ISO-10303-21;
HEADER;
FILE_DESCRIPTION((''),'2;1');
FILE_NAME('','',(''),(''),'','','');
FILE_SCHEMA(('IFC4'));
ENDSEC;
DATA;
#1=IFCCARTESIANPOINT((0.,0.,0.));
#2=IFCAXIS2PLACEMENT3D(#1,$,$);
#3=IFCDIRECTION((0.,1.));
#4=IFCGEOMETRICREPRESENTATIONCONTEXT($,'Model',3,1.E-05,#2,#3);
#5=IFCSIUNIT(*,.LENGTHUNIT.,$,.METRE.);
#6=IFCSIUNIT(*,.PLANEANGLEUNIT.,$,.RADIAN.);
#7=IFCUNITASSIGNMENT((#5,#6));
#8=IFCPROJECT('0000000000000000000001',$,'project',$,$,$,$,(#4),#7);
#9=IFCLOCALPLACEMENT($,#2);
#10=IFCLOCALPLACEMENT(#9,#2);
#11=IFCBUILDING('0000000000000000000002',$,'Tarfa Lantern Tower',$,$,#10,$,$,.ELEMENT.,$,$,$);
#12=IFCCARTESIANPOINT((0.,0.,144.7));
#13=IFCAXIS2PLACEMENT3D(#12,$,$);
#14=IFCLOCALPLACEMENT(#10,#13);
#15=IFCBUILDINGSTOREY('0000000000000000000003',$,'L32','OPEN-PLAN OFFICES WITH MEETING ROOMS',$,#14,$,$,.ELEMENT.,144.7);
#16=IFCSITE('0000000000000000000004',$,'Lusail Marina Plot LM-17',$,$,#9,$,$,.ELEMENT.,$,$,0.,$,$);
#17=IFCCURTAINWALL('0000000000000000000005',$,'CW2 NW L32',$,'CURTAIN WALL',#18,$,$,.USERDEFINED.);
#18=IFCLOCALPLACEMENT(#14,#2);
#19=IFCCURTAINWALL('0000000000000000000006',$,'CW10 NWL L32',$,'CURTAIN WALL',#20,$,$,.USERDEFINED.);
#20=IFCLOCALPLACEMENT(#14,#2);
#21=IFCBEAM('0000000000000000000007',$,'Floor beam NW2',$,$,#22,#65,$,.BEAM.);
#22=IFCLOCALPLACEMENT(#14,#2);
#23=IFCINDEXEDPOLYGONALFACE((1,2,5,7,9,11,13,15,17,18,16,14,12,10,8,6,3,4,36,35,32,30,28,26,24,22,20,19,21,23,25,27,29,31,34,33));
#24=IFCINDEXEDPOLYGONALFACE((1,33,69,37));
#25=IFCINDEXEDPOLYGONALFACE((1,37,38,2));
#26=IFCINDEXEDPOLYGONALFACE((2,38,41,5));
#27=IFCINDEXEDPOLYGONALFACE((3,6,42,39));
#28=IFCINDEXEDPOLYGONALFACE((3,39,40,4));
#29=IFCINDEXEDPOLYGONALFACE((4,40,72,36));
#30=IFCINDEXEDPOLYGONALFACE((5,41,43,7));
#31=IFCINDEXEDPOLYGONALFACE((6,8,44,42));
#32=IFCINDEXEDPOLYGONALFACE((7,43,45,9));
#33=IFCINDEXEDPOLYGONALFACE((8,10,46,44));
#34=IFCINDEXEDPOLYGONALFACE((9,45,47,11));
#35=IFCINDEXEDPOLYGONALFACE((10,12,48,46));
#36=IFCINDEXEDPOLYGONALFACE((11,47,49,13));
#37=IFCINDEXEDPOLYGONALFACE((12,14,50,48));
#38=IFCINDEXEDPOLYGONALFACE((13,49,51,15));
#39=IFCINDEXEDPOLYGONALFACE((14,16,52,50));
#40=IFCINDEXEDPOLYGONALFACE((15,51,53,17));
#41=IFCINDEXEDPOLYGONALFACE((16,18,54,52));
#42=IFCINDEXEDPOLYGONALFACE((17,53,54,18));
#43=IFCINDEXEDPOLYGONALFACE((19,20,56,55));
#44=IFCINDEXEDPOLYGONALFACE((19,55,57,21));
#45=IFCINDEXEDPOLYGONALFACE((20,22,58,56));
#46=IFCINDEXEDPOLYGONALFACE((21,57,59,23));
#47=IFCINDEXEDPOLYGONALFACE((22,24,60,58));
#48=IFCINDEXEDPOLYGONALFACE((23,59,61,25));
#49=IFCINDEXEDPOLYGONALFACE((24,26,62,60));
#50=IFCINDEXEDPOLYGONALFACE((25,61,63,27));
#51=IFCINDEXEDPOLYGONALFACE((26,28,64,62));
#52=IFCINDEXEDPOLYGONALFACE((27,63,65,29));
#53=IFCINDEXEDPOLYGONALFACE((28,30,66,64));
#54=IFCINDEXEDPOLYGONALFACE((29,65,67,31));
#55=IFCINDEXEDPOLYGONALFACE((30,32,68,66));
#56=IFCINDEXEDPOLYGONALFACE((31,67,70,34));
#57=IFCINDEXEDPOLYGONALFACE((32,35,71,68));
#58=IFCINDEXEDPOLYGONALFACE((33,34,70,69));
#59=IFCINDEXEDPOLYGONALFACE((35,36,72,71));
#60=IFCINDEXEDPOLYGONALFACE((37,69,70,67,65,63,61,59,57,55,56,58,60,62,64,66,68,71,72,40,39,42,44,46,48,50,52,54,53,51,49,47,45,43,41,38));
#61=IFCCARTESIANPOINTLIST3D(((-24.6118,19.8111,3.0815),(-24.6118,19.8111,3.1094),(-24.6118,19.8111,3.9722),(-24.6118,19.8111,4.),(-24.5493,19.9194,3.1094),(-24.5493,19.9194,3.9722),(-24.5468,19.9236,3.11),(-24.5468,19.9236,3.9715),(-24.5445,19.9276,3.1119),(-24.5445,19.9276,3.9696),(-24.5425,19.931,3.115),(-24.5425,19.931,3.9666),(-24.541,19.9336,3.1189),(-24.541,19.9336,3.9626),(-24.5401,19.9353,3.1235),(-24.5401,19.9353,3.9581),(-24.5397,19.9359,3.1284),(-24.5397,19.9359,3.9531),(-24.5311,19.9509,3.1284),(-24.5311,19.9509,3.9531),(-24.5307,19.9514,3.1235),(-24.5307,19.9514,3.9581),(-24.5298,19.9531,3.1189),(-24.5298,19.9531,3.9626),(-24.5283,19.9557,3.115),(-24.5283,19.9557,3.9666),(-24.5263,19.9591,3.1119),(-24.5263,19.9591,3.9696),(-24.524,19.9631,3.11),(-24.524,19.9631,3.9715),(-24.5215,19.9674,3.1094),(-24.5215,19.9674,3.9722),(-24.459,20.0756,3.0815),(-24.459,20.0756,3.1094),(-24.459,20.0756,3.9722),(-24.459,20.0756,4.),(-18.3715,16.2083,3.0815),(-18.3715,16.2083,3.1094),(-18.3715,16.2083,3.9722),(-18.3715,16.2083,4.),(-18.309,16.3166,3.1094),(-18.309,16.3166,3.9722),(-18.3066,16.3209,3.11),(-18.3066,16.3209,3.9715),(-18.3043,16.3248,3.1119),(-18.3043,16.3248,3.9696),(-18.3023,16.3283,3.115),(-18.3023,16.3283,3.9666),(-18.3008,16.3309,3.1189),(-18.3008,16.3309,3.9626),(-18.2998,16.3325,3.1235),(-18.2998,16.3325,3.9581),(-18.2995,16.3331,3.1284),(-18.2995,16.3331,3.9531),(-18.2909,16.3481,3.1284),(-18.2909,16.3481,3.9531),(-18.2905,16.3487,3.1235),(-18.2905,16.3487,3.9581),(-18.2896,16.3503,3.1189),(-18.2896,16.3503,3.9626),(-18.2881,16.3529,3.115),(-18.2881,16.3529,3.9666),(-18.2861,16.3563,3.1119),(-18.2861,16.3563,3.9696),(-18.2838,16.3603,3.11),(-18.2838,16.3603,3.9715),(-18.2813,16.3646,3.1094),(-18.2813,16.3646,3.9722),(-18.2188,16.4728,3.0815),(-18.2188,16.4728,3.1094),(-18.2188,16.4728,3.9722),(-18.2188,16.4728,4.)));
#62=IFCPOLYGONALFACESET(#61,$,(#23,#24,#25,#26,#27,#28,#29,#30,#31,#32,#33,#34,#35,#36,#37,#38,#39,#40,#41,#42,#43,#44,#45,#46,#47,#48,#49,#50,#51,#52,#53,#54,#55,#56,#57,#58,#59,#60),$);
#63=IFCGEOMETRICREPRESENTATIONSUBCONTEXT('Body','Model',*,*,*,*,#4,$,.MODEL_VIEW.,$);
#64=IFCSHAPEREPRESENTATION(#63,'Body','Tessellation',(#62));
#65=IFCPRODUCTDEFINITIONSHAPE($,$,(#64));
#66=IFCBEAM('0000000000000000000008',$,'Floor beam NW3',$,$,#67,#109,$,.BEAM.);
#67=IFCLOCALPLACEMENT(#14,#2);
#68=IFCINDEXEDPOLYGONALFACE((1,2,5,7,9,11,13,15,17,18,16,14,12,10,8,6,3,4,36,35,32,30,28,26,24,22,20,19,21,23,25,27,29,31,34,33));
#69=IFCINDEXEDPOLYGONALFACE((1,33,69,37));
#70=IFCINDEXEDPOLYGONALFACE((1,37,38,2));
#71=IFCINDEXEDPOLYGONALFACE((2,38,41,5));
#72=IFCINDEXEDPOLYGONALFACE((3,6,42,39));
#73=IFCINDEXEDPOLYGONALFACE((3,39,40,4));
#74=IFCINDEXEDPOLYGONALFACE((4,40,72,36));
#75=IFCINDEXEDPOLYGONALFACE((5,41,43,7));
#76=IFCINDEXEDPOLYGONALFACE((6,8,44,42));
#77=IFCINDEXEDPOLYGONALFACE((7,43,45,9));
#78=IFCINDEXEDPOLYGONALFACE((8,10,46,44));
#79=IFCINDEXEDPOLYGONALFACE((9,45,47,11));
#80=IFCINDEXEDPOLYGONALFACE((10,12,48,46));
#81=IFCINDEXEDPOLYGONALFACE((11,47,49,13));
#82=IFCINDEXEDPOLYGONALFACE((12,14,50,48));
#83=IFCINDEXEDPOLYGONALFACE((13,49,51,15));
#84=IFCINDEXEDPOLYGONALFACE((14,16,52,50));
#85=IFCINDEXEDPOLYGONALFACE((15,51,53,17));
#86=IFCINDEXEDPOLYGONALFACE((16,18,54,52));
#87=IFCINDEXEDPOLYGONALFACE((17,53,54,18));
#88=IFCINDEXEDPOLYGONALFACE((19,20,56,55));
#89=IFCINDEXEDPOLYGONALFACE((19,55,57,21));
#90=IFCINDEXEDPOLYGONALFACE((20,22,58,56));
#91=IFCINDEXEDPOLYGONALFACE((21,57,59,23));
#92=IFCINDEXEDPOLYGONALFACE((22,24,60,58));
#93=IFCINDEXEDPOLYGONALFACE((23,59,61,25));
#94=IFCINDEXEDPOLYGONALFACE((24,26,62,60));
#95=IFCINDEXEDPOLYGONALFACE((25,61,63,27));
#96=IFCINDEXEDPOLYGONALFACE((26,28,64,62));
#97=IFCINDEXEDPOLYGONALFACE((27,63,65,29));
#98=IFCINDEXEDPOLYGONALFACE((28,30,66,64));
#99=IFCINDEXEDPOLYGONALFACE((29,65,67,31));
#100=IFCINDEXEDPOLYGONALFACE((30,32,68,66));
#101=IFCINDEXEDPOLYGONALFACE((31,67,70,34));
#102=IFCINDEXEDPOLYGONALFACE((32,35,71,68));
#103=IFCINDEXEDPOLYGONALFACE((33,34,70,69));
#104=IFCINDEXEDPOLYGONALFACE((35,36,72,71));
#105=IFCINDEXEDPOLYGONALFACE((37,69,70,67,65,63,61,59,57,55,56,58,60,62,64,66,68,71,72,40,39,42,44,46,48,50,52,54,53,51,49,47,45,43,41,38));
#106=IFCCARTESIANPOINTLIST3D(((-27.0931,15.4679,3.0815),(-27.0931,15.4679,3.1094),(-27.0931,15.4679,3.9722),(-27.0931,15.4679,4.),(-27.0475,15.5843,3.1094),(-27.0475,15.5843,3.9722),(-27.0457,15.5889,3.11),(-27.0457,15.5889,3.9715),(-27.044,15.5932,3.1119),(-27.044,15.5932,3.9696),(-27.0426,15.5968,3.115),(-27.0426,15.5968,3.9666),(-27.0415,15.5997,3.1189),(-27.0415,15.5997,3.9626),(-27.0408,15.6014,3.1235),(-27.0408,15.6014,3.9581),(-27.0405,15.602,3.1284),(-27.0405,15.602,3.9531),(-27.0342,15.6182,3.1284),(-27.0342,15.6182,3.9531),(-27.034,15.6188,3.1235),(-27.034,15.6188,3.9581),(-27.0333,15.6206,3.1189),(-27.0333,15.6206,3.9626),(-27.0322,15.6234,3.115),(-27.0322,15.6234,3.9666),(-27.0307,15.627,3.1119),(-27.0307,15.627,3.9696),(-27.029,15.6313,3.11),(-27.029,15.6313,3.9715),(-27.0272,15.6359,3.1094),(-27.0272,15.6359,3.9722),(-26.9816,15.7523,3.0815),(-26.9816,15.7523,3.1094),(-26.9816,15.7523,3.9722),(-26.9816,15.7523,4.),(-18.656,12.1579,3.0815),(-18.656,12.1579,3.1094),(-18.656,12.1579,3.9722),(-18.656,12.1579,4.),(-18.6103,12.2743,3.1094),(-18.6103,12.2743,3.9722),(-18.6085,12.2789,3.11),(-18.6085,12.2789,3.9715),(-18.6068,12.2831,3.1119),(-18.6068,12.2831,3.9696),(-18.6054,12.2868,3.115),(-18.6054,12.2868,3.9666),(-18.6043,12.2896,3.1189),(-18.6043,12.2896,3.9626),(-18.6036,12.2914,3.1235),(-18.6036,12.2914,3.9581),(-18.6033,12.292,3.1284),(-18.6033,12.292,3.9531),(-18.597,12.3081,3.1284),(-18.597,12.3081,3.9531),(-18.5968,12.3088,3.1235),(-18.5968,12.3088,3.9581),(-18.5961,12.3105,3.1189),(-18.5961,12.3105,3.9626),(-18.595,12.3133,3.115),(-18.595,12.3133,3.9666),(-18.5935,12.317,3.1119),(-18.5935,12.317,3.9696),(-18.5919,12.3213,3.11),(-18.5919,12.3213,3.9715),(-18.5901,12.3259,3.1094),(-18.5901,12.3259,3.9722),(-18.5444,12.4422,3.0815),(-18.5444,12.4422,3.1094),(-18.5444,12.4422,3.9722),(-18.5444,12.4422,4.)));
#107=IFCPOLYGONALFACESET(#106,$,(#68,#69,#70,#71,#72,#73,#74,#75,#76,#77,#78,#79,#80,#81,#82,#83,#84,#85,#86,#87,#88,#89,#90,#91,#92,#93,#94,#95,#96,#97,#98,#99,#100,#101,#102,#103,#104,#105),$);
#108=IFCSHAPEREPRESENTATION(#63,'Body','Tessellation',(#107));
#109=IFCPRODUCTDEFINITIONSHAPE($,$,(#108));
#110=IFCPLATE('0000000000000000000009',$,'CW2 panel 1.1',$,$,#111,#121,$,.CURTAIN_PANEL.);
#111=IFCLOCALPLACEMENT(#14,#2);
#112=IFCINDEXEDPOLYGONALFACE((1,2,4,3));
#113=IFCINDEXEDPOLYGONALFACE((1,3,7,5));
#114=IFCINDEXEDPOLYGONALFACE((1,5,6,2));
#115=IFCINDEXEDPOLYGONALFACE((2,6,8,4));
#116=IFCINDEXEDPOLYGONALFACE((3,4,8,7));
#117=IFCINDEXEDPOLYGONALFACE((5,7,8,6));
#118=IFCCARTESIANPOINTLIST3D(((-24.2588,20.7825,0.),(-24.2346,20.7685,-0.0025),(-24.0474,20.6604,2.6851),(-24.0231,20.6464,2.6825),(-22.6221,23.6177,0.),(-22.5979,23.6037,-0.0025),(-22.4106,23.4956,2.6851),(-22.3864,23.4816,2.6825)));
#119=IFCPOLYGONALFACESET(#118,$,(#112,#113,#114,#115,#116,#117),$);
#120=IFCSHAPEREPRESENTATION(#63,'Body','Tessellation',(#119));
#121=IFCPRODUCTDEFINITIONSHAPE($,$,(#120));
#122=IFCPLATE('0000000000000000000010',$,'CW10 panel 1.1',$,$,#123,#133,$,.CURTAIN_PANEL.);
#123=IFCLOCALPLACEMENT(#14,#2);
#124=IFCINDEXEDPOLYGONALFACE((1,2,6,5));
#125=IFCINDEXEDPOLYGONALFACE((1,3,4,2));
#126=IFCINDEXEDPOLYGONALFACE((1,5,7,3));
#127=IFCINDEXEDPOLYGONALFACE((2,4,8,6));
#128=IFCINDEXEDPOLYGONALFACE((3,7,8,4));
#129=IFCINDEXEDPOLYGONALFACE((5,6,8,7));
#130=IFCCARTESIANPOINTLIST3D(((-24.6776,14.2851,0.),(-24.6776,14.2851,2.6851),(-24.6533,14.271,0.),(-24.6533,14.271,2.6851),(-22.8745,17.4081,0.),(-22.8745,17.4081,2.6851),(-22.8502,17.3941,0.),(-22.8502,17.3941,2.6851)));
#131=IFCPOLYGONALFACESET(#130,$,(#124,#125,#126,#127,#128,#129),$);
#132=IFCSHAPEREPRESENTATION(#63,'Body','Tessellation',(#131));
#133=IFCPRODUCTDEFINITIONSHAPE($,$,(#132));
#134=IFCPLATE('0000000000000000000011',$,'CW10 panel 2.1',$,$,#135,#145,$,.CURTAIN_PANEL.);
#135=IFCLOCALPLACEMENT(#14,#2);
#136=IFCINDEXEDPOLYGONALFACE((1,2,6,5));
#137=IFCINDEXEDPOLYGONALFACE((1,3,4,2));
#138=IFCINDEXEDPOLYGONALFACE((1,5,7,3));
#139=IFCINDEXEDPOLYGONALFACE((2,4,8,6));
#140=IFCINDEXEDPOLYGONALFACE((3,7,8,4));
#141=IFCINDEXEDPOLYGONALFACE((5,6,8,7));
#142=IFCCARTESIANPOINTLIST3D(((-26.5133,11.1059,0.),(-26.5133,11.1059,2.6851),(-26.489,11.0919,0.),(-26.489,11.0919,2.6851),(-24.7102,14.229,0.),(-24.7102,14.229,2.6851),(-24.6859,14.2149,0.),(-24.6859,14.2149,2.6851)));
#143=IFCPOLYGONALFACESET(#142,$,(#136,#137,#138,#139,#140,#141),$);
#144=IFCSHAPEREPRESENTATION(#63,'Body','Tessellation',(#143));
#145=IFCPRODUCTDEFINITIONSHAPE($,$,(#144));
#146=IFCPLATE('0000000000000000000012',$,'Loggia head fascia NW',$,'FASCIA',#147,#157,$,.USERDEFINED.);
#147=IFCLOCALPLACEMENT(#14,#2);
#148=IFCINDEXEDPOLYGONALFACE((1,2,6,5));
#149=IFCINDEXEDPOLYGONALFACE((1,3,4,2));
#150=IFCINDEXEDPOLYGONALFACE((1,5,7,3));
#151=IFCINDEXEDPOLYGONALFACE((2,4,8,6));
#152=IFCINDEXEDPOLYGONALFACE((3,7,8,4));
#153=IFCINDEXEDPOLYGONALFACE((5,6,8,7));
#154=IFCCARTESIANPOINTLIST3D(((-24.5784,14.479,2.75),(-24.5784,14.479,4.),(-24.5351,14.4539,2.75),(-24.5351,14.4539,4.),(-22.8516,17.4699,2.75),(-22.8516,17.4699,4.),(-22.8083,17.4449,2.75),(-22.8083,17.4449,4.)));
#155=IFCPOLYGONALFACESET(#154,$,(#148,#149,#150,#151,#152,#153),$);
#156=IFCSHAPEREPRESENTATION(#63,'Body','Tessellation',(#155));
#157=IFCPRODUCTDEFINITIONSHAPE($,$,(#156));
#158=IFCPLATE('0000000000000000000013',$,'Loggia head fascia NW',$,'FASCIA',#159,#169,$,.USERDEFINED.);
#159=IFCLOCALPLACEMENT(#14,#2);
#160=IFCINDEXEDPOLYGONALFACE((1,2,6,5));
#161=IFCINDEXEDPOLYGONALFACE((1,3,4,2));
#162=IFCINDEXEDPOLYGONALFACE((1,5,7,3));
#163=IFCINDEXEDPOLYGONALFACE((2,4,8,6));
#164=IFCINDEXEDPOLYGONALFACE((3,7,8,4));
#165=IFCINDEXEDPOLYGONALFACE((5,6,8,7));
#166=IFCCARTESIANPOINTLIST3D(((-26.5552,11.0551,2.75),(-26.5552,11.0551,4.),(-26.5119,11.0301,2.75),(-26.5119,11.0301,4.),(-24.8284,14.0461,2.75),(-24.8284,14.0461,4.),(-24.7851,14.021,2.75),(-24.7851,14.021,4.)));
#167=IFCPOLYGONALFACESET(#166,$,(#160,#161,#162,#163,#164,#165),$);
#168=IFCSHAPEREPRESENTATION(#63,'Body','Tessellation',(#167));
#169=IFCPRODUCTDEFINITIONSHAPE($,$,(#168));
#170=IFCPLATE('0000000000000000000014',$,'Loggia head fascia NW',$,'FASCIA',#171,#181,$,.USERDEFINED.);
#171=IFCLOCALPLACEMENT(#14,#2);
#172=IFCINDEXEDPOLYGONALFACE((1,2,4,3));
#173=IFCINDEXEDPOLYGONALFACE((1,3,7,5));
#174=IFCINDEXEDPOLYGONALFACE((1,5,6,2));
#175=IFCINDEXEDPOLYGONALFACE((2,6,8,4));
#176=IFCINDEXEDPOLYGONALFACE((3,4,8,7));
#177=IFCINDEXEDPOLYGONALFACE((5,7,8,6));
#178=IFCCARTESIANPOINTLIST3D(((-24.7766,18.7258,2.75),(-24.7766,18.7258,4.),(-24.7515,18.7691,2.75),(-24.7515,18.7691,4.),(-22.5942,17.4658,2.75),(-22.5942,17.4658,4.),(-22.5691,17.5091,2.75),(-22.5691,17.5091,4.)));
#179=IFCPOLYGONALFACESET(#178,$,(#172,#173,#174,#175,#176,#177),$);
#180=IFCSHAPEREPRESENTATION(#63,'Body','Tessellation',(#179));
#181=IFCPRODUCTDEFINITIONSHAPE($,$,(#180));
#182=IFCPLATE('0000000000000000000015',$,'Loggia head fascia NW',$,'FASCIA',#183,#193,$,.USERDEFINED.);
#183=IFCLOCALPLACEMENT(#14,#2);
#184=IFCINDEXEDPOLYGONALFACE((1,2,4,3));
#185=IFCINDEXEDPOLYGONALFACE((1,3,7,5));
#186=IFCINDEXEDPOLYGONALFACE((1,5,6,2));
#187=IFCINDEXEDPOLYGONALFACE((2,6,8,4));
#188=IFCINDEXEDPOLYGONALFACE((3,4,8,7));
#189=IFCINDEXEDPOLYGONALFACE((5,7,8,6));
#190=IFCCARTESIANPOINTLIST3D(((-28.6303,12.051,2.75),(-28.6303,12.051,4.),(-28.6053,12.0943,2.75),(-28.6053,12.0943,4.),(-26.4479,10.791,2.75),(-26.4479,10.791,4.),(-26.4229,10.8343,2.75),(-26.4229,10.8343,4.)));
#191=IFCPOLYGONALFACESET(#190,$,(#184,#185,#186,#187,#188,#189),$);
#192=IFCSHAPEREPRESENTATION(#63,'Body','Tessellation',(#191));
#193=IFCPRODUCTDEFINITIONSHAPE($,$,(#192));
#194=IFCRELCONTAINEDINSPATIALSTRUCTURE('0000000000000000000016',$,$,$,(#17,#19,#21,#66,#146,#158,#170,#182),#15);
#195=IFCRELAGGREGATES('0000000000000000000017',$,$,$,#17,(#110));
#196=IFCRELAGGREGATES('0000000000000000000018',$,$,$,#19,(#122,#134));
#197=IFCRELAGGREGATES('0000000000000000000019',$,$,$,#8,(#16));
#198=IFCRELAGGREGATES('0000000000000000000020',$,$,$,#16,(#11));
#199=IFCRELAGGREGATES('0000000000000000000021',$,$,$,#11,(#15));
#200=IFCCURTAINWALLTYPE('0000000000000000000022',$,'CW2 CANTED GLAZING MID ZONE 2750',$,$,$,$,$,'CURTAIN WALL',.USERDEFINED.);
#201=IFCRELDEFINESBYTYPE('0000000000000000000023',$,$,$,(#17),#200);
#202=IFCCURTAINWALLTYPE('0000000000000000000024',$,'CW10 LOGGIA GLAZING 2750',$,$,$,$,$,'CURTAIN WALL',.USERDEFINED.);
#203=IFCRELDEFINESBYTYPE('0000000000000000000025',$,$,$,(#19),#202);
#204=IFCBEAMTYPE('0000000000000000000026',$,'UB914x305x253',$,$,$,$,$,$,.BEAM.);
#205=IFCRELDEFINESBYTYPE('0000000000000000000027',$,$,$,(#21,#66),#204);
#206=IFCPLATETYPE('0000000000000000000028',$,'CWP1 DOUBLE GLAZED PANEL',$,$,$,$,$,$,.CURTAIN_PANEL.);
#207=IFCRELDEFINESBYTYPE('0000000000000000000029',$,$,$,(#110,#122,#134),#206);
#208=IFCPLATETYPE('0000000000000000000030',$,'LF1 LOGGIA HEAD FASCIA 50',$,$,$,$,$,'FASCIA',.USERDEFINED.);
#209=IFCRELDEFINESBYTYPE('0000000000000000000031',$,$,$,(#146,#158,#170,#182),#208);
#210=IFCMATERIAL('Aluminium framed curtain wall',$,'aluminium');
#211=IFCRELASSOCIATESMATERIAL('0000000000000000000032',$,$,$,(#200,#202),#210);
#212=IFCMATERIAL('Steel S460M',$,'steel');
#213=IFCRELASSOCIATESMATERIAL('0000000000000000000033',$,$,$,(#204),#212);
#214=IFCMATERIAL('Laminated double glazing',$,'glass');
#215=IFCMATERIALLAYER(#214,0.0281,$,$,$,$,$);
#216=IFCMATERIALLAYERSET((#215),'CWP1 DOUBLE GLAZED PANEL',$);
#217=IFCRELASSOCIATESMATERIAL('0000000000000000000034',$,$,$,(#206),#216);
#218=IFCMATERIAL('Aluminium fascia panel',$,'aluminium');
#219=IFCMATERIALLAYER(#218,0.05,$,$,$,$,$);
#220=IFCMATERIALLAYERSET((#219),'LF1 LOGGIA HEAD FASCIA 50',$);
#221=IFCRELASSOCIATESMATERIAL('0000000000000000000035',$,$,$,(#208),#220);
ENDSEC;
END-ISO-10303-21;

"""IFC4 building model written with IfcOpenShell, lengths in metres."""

from ifc_helpers import new_model, si_unit, direction, frame, origin, origin_2d, place, context, subcontext, project, spatial, polyline, rectangle, i_section, outline, extrude, material, layer, layer_set, material_profile, profile_set, type_object, element, aggregate, save


model = new_model("IFC4")

# Units and contexts
model_context = context("Model", 3, precision=1e-05, world=origin(), true_north=direction((0.0, 1.0)))
body_context = subcontext(model_context, "Body", "Model", "MODEL_VIEW")
ifc_project = project(units=[si_unit("LENGTHUNIT", "METRE"), si_unit("PLANEANGLEUNIT", "RADIAN")], contexts=[model_context])

# Site, building, storey
site_placement = place(None, origin())
site = spatial("IfcSite", under=ifc_project, at=site_placement, Name="Lusail Marina Plot LM-17", CompositionType="ELEMENT", RefElevation=0.0)
building_placement = place(site_placement, origin())
building = spatial("IfcBuilding", under=site, at=building_placement, Name="Tarfa Lantern Tower", CompositionType="ELEMENT")
storey_placement = place(building_placement, frame((0.0, 0.0, 144.7)))
storey = spatial("IfcBuildingStorey", under=building, at=storey_placement, Name="L32", Description="OPEN-PLAN OFFICES WITH MEETING ROOMS", CompositionType="ELEMENT", Elevation=144.7)

# Curtain walls
ifc_material_1 = material(Name="Aluminium framed curtain wall", Category="aluminium")
curtain_wall_type_1 = type_object("IfcCurtainWallType", Name="CW2 CANTED GLAZING MID ZONE 2750", ElementType="CURTAIN WALL", PredefinedType="USERDEFINED", material=ifc_material_1)
curtain_wall_1_placement = place(storey_placement, origin())
curtain_wall_1 = element("IfcCurtainWall", 1, at=curtain_wall_1_placement, inside=storey, type_object=curtain_wall_type_1, Name="CW2 NW L32", ObjectType="CURTAIN WALL", PredefinedType="USERDEFINED")
curtain_wall_type_2 = type_object("IfcCurtainWallType", Name="CW10 LOGGIA GLAZING 2750", ElementType="CURTAIN WALL", PredefinedType="USERDEFINED", material=ifc_material_1)
curtain_wall_2_placement = place(storey_placement, origin())
curtain_wall_2 = element("IfcCurtainWall", 2, at=curtain_wall_2_placement, inside=storey, type_object=curtain_wall_type_2, Name="CW10 NWL L32", ObjectType="CURTAIN WALL", PredefinedType="USERDEFINED")

# Beams
ifc_material_2 = material(Name="Steel S460M", Category="steel")
ifc_material_profile_1 = material_profile(ifc_material_2, i_section(OverallWidth=0.3054, OverallDepth=0.9185, WebThickness=0.0173, FlangeThickness=0.0278, FilletRadius=0.019, at=origin_2d()), Name="UB914x305x253")
ifc_profile_set_1 = profile_set([ifc_material_profile_1], Name="Steel S460M")
beam_type_1 = type_object("IfcBeamType", Name="UB914x305x253", PredefinedType="BEAM", material=ifc_profile_set_1)
beam_1_placement = place(storey_placement, frame((-24.5354, 19.9434, 3.5408), z_axis=(0.866026, -0.499998, 0.0), x_axis=(0.499998, 0.866026, 0.0)))
element("IfcBeam", 3, at=beam_1_placement, inside=storey, type_object=beam_type_1, Name="Floor beam NW2", PredefinedType="BEAM", context=body_context, shape_type="SweptSolid", body=[
    extrude(i_section(OverallWidth=0.3054, OverallDepth=0.9185, WebThickness=0.0173, FlangeThickness=0.0278, FilletRadius=0.019, at=origin_2d()), origin(), (0.0, 0.0, 1.0), 7.2056),
])
beam_2_placement = place(storey_placement, frame((-27.0374, 15.6101, 3.5408), z_axis=(0.930923, -0.365215, 0.0), x_axis=(0.365215, 0.930923, 0.0)))
element("IfcBeam", 4, at=beam_2_placement, inside=storey, type_object=beam_type_1, Name="Floor beam NW3", PredefinedType="BEAM", context=body_context, shape_type="SweptSolid", body=[
    extrude(i_section(OverallWidth=0.3054, OverallDepth=0.9185, WebThickness=0.0173, FlangeThickness=0.0278, FilletRadius=0.019, at=origin_2d()), origin(), (0.0, 0.0, 1.0), 9.0632),
])

# Plates
ifc_material_3 = material(Name="Laminated double glazing", Category="glass")
ifc_layer_1 = layer(ifc_material_3, 0.0281)
ifc_layer_set_1 = layer_set([ifc_layer_1], Name="CWP1 DOUBLE GLAZED PANEL")
plate_type_1 = type_object("IfcPlateType", Name="CWP1 DOUBLE GLAZED PANEL", PredefinedType="CURTAIN_PANEL", material=ifc_layer_set_1)
plate_1_placement = place(storey_placement, frame((-22.6221, 23.6177, 0.0), z_axis=(-0.862492, 0.497903, 0.09055), x_axis=(-0.499957, -0.86605, 0.0)))
plate_1 = element("IfcPlate", 5, at=plate_1_placement, type_object=plate_type_1, Name="CW2 panel 1.1", PredefinedType="CURTAIN_PANEL", context=body_context, shape_type="SweptSolid", body=[
    extrude(outline(polyline([(0.0, 0.0), (3.2737, 0.0), (3.2737, 2.6961), (0.0, 2.6961), (0.0, 0.0)])), origin(), (0.0, 0.0, -1.0), 0.0281),
])
aggregate(curtain_wall_1, [plate_1])
plate_2_placement = place(storey_placement, frame((-23.7639, 15.8396, 0.0), z_axis=(0.0, 0.0, 1.0), x_axis=(-0.5, -0.866025, 0.0)))
plate_2 = element("IfcPlate", 6, at=plate_2_placement, type_object=plate_type_1, Name="CW10 panel 1.1", PredefinedType="CURTAIN_PANEL", context=body_context, shape_type="SweptSolid", body=[
    extrude(rectangle(XDim=3.6062, YDim=0.0281, at=origin_2d()), origin(), (0.0, 0.0, 1.0), 2.6851),
])
plate_3_placement = place(storey_placement, frame((-25.5996, 12.6604, 0.0), z_axis=(0.0, 0.0, 1.0), x_axis=(-0.5, -0.866025, 0.0)))
plate_3 = element("IfcPlate", 7, at=plate_3_placement, type_object=plate_type_1, Name="CW10 panel 2.1", PredefinedType="CURTAIN_PANEL", context=body_context, shape_type="SweptSolid", body=[
    extrude(rectangle(XDim=3.6062, YDim=0.0281, at=origin_2d()), origin(), (0.0, 0.0, 1.0), 2.6851),
])
aggregate(curtain_wall_2, [plate_2, plate_3])

# Plates
ifc_material_4 = material(Name="Aluminium fascia panel", Category="aluminium")
ifc_layer_2 = layer(ifc_material_4, 0.05)
ifc_layer_set_2 = layer_set([ifc_layer_2], Name="LF1 LOGGIA HEAD FASCIA 50")
plate_type_2 = type_object("IfcPlateType", Name="LF1 LOGGIA HEAD FASCIA 50", ElementType="FASCIA", PredefinedType="USERDEFINED", material=ifc_layer_set_2)
for number, where, z_axis, x_axis, name in (
    (8, (-23.6934, 15.9619, 2.75), (0.0, 0.0, 1.0), (-0.5, -0.866025, 0.0), "Loggia head fascia NW"),
    (9, (-25.6702, 12.5381, 2.75), (0.0, 0.0, 1.0), (-0.5, -0.866025, 0.0), "Loggia head fascia NW"),
):
    element("IfcPlate", number, at=place(storey_placement, frame(where, z_axis=z_axis, x_axis=x_axis)), inside=storey, type_object=plate_type_2, Name=name, ObjectType="FASCIA", PredefinedType="USERDEFINED", context=body_context, shape_type="SweptSolid", body=[
        extrude(rectangle(XDim=3.4536, YDim=0.05, at=origin_2d()), origin(), (0.0, 0.0, 1.0), 1.25),
    ])
for number, where, z_axis, x_axis, name in (
    (10, (-23.6729, 18.1174, 2.75), (0.0, 0.0, 1.0), (0.866025, -0.5, 0.0), "Loggia head fascia NW"),
    (11, (-27.5266, 11.4426, 2.75), (0.0, 0.0, 1.0), (0.866025, -0.5, 0.0), "Loggia head fascia NW"),
):
    element("IfcPlate", number, at=place(storey_placement, frame(where, z_axis=z_axis, x_axis=x_axis)), inside=storey, type_object=plate_type_2, Name=name, ObjectType="FASCIA", PredefinedType="USERDEFINED", context=body_context, shape_type="SweptSolid", body=[
        extrude(rectangle(XDim=2.52, YDim=0.05, at=origin_2d()), origin(), (0.0, 0.0, 1.0), 1.25),
    ])

save(model, "model.ifc")
